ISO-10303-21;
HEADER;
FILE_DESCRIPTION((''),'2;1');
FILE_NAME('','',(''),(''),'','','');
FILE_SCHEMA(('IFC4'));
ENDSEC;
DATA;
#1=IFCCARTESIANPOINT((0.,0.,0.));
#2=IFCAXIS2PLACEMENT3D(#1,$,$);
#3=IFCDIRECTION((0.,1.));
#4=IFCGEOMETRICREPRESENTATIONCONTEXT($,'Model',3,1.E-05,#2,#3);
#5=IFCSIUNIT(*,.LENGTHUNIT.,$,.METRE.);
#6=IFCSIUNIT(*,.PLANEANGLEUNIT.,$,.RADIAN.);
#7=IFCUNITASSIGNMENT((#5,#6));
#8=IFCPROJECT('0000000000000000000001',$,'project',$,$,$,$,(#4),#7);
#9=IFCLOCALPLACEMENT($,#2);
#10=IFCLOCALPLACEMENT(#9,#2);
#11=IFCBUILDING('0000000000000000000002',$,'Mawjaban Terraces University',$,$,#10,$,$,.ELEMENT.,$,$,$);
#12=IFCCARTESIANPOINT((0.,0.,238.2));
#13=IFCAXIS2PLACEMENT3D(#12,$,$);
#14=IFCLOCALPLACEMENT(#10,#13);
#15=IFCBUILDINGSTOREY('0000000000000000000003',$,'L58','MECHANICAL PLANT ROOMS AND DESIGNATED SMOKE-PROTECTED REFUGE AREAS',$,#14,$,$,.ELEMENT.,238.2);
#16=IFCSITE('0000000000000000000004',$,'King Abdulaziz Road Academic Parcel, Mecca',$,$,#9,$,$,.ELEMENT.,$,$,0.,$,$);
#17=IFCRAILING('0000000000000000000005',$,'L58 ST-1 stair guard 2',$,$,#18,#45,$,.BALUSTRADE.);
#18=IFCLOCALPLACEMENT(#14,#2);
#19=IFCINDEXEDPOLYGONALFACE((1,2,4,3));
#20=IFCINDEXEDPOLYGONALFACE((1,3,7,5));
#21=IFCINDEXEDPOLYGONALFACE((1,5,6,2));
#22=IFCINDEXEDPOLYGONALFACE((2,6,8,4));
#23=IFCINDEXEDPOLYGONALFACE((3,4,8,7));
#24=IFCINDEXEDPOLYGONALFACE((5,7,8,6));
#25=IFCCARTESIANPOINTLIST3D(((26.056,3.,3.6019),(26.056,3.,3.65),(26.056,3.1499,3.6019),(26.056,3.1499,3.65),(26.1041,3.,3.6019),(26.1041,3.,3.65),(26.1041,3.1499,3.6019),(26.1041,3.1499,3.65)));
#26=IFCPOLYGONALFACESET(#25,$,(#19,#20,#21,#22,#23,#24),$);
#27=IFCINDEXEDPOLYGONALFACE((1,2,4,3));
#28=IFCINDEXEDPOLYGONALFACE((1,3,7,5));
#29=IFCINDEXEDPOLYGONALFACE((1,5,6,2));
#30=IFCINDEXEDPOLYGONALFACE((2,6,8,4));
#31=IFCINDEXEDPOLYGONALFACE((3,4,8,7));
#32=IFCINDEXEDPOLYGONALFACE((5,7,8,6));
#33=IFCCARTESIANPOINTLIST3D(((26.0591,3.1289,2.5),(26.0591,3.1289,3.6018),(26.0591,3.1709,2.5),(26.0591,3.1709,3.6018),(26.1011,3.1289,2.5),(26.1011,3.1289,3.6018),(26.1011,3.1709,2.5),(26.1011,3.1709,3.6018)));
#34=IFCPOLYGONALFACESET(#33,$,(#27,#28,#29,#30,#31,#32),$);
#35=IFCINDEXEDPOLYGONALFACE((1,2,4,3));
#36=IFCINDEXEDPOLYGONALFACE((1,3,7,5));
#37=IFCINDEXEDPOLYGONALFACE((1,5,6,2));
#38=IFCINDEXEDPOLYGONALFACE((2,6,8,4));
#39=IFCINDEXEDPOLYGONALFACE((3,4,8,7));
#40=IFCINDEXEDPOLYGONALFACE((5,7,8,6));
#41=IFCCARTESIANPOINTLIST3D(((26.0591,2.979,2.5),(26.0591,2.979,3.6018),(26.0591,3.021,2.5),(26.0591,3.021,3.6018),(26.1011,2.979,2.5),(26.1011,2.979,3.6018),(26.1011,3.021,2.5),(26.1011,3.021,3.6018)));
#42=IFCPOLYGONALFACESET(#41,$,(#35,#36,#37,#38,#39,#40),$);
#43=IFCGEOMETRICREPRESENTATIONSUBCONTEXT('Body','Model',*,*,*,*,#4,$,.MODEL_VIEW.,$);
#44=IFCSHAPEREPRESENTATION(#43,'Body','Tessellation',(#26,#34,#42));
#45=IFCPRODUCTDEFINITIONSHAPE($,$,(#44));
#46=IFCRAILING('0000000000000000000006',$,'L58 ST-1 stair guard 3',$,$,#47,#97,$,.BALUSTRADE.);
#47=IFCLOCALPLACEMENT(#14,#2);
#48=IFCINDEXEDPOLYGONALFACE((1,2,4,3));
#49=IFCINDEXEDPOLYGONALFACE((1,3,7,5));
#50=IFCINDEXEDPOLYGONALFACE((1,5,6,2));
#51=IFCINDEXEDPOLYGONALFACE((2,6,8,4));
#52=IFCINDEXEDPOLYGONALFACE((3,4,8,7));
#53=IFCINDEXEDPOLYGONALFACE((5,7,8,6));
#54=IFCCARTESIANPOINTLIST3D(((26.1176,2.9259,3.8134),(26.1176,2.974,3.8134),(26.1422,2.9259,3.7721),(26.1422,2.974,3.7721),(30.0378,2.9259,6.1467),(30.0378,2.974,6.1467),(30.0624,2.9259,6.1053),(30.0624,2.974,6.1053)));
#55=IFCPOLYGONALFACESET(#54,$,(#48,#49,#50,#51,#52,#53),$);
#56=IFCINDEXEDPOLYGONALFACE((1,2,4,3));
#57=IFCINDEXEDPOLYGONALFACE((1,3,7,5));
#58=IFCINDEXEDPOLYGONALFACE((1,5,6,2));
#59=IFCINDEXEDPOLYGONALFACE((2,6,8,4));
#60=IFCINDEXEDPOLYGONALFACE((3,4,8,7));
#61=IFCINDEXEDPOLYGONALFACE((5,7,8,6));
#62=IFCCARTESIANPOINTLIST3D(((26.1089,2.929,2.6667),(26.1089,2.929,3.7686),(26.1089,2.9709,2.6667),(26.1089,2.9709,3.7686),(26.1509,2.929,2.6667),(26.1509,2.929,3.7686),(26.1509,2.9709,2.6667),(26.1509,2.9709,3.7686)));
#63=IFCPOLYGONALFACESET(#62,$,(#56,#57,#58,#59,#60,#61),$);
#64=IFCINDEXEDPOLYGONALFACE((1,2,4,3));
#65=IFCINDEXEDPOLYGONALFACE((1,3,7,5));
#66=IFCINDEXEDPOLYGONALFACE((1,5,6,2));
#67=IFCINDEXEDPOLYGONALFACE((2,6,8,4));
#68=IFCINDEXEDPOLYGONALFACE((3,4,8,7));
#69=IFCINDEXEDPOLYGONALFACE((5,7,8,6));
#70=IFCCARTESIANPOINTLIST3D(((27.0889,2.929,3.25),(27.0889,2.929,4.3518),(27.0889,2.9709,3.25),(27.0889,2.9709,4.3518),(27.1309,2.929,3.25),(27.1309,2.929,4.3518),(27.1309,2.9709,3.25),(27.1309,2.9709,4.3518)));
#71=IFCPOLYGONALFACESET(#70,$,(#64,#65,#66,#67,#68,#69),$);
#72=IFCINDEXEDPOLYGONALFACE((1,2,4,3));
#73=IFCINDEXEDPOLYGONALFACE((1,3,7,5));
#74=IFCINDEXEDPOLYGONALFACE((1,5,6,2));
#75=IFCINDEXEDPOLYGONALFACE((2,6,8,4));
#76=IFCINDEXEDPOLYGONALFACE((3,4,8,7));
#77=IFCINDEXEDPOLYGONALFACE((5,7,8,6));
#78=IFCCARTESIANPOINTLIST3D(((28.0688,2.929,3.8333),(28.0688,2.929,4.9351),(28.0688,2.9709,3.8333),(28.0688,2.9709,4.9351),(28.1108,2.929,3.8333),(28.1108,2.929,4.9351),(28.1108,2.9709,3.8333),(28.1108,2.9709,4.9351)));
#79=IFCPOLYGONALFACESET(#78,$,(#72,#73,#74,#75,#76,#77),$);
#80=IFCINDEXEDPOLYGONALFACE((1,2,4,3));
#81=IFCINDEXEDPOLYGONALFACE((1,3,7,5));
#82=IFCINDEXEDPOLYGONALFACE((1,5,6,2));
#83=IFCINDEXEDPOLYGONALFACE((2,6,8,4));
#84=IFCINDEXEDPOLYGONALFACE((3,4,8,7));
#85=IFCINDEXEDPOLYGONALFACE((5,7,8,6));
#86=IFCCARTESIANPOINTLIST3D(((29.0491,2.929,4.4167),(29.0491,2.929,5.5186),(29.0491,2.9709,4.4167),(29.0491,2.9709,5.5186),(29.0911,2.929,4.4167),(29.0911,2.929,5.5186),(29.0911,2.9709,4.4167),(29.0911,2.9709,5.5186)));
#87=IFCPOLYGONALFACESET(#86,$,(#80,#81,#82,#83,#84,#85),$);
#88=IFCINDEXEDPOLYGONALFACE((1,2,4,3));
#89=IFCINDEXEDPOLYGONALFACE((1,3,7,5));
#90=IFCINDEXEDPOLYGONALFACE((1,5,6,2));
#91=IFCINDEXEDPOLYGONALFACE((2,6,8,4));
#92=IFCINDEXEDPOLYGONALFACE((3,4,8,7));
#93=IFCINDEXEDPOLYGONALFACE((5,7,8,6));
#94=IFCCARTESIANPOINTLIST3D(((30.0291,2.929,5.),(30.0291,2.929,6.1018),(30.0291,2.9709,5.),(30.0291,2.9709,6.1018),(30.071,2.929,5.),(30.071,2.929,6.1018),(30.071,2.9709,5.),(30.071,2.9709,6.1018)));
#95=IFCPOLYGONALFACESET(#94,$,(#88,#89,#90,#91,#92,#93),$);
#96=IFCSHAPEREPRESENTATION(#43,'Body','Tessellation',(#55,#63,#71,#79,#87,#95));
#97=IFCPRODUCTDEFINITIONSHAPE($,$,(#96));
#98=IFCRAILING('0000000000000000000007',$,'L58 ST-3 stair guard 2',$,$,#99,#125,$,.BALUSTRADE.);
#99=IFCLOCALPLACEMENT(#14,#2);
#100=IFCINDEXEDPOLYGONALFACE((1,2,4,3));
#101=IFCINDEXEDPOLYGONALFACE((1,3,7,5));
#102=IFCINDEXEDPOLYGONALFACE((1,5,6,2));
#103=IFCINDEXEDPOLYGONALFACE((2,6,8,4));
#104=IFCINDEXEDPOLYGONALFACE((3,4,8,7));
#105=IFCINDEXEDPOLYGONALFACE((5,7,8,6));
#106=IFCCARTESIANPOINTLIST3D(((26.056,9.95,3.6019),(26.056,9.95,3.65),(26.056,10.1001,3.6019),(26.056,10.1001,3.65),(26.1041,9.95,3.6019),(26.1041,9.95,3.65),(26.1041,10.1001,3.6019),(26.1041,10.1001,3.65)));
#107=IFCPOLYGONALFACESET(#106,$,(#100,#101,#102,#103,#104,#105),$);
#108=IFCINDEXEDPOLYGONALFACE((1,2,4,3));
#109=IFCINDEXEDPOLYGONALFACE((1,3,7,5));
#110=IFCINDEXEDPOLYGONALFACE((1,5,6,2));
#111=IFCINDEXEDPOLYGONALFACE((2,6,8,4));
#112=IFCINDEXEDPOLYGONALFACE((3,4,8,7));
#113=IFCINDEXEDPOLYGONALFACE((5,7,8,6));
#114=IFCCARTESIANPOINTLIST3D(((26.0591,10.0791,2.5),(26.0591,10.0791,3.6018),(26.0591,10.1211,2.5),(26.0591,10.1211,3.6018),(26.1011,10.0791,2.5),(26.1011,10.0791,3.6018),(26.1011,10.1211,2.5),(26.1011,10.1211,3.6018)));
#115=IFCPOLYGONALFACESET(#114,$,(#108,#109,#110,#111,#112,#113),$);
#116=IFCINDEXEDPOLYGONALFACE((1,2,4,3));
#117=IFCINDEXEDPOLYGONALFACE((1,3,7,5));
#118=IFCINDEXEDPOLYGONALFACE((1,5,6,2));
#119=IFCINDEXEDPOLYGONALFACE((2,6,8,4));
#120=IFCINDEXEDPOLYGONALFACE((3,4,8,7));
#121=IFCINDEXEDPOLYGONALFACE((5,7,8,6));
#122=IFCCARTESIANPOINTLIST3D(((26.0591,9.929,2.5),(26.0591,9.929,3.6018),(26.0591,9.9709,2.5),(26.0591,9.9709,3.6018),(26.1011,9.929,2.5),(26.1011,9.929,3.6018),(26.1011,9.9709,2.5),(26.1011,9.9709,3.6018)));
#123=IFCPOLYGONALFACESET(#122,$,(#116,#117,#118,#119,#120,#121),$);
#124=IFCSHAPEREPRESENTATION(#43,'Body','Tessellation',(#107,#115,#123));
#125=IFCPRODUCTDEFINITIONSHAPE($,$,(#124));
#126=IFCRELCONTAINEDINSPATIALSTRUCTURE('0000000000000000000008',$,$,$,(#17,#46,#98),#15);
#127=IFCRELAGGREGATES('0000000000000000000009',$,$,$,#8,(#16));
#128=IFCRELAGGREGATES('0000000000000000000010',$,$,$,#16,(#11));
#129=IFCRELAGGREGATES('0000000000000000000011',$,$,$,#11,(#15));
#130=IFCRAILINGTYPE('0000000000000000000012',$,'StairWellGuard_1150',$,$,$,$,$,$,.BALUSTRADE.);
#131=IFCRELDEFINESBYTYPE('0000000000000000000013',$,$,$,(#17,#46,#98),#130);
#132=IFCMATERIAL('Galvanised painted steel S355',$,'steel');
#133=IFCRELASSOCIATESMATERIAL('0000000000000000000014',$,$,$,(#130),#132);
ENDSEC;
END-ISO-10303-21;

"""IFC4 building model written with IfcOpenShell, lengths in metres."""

from ifc_helpers import new_model, si_unit, direction, frame, origin, origin_2d, place, context, subcontext, project, spatial, rectangle, extrude, material, type_object, element, save


model = new_model("IFC4")

# Units and contexts
model_context = context("Model", 3, precision=1e-05, world=origin(), true_north=direction((0.0, 1.0)))
body_context = subcontext(model_context, "Body", "Model", "MODEL_VIEW")
ifc_project = project(units=[si_unit("LENGTHUNIT", "METRE"), si_unit("PLANEANGLEUNIT", "RADIAN")], contexts=[model_context])

# Site, building, storey
site_placement = place(None, origin())
site = spatial("IfcSite", under=ifc_project, at=site_placement, Name="King Abdulaziz Road Academic Parcel, Mecca", CompositionType="ELEMENT", RefElevation=0.0)
building_placement = place(site_placement, origin())
building = spatial("IfcBuilding", under=site, at=building_placement, Name="Mawjaban Terraces University", CompositionType="ELEMENT")
storey_placement = place(building_placement, frame((0.0, 0.0, 238.2)))
storey = spatial("IfcBuildingStorey", under=building, at=storey_placement, Name="L58", Description="MECHANICAL PLANT ROOMS AND DESIGNATED SMOKE-PROTECTED REFUGE AREAS", CompositionType="ELEMENT", Elevation=238.2)

# Railings
ifc_material_1 = material(Name="Galvanised painted steel S355", Category="steel")
railing_type_1 = type_object("IfcRailingType", Name="StairWellGuard_1150", PredefinedType="BALUSTRADE", material=ifc_material_1)
railing_1_placement = place(storey_placement, frame((26.0801, 3.1499, 2.5)))
element("IfcRailing", 1, at=railing_1_placement, inside=storey, type_object=railing_type_1, Name="L58 ST-1 stair guard 2", PredefinedType="BALUSTRADE", context=body_context, shape_type="SweptSolid", body=[
    extrude(rectangle(XDim=0.0481, YDim=0.0481, at=origin_2d()), frame((0.0, 0.0, 1.126), z_axis=(0.0, -1.0, 0.0), x_axis=(1.0, 0.0, 0.0)), (0.0, 0.0, 1.0), 0.1499),
    extrude(rectangle(XDim=0.042, YDim=0.042, at=origin_2d()), origin(), (0.0, 0.0, 1.0), 1.1018),
    extrude(rectangle(XDim=0.042, YDim=0.042, at=origin_2d()), frame((0.0, -0.1499, 0.0)), (0.0, 0.0, 1.0), 1.1018),
])
railing_2_placement = place(storey_placement, frame((26.1299, 2.95, 2.6667)))
element("IfcRailing", 2, at=railing_2_placement, inside=storey, type_object=railing_type_1, Name="L58 ST-1 stair guard 3", PredefinedType="BALUSTRADE", context=body_context, shape_type="SweptSolid", body=[
    extrude(rectangle(XDim=0.0481, YDim=0.0481, at=origin_2d()), frame((0.0, 0.0, 1.126), z_axis=(0.85931, 0.0, 0.511455), x_axis=(0.0, 1.0, 0.0)), (0.0, 0.0, 1.0), 4.562),
    extrude(rectangle(XDim=0.042, YDim=0.042, at=origin_2d()), origin(), (0.0, 0.0, 1.0), 1.1018),
    extrude(rectangle(XDim=0.042, YDim=0.042, at=origin_2d()), frame((0.98, 0.0, 0.5833)), (0.0, 0.0, 1.0), 1.1018),
    extrude(rectangle(XDim=0.042, YDim=0.042, at=origin_2d()), frame((1.96, 0.0, 1.1665)), (0.0, 0.0, 1.0), 1.1018),
    extrude(rectangle(XDim=0.042, YDim=0.042, at=origin_2d()), frame((2.9402, 0.0, 1.75)), (0.0, 0.0, 1.0), 1.1018),
    extrude(rectangle(XDim=0.042, YDim=0.042, at=origin_2d()), frame((3.9202, 0.0, 2.3333)), (0.0, 0.0, 1.0), 1.1018),
])
railing_3_placement = place(storey_placement, frame((26.0801, 10.1001, 2.5)))
element("IfcRailing", 3, at=railing_3_placement, inside=storey, type_object=railing_type_1, Name="L58 ST-3 stair guard 2", PredefinedType="BALUSTRADE", context=body_context, shape_type="SweptSolid", body=[
    extrude(rectangle(XDim=0.0481, YDim=0.0481, at=origin_2d()), frame((0.0, 0.0, 1.126), z_axis=(0.0, -1.0, 0.0), x_axis=(1.0, 0.0, 0.0)), (0.0, 0.0, 1.0), 0.1501),
    extrude(rectangle(XDim=0.042, YDim=0.042, at=origin_2d()), origin(), (0.0, 0.0, 1.0), 1.1018),
    extrude(rectangle(XDim=0.042, YDim=0.042, at=origin_2d()), frame((0.0, -0.1501, 0.0)), (0.0, 0.0, 1.0), 1.1018),
])

save(model, "model.ifc")
